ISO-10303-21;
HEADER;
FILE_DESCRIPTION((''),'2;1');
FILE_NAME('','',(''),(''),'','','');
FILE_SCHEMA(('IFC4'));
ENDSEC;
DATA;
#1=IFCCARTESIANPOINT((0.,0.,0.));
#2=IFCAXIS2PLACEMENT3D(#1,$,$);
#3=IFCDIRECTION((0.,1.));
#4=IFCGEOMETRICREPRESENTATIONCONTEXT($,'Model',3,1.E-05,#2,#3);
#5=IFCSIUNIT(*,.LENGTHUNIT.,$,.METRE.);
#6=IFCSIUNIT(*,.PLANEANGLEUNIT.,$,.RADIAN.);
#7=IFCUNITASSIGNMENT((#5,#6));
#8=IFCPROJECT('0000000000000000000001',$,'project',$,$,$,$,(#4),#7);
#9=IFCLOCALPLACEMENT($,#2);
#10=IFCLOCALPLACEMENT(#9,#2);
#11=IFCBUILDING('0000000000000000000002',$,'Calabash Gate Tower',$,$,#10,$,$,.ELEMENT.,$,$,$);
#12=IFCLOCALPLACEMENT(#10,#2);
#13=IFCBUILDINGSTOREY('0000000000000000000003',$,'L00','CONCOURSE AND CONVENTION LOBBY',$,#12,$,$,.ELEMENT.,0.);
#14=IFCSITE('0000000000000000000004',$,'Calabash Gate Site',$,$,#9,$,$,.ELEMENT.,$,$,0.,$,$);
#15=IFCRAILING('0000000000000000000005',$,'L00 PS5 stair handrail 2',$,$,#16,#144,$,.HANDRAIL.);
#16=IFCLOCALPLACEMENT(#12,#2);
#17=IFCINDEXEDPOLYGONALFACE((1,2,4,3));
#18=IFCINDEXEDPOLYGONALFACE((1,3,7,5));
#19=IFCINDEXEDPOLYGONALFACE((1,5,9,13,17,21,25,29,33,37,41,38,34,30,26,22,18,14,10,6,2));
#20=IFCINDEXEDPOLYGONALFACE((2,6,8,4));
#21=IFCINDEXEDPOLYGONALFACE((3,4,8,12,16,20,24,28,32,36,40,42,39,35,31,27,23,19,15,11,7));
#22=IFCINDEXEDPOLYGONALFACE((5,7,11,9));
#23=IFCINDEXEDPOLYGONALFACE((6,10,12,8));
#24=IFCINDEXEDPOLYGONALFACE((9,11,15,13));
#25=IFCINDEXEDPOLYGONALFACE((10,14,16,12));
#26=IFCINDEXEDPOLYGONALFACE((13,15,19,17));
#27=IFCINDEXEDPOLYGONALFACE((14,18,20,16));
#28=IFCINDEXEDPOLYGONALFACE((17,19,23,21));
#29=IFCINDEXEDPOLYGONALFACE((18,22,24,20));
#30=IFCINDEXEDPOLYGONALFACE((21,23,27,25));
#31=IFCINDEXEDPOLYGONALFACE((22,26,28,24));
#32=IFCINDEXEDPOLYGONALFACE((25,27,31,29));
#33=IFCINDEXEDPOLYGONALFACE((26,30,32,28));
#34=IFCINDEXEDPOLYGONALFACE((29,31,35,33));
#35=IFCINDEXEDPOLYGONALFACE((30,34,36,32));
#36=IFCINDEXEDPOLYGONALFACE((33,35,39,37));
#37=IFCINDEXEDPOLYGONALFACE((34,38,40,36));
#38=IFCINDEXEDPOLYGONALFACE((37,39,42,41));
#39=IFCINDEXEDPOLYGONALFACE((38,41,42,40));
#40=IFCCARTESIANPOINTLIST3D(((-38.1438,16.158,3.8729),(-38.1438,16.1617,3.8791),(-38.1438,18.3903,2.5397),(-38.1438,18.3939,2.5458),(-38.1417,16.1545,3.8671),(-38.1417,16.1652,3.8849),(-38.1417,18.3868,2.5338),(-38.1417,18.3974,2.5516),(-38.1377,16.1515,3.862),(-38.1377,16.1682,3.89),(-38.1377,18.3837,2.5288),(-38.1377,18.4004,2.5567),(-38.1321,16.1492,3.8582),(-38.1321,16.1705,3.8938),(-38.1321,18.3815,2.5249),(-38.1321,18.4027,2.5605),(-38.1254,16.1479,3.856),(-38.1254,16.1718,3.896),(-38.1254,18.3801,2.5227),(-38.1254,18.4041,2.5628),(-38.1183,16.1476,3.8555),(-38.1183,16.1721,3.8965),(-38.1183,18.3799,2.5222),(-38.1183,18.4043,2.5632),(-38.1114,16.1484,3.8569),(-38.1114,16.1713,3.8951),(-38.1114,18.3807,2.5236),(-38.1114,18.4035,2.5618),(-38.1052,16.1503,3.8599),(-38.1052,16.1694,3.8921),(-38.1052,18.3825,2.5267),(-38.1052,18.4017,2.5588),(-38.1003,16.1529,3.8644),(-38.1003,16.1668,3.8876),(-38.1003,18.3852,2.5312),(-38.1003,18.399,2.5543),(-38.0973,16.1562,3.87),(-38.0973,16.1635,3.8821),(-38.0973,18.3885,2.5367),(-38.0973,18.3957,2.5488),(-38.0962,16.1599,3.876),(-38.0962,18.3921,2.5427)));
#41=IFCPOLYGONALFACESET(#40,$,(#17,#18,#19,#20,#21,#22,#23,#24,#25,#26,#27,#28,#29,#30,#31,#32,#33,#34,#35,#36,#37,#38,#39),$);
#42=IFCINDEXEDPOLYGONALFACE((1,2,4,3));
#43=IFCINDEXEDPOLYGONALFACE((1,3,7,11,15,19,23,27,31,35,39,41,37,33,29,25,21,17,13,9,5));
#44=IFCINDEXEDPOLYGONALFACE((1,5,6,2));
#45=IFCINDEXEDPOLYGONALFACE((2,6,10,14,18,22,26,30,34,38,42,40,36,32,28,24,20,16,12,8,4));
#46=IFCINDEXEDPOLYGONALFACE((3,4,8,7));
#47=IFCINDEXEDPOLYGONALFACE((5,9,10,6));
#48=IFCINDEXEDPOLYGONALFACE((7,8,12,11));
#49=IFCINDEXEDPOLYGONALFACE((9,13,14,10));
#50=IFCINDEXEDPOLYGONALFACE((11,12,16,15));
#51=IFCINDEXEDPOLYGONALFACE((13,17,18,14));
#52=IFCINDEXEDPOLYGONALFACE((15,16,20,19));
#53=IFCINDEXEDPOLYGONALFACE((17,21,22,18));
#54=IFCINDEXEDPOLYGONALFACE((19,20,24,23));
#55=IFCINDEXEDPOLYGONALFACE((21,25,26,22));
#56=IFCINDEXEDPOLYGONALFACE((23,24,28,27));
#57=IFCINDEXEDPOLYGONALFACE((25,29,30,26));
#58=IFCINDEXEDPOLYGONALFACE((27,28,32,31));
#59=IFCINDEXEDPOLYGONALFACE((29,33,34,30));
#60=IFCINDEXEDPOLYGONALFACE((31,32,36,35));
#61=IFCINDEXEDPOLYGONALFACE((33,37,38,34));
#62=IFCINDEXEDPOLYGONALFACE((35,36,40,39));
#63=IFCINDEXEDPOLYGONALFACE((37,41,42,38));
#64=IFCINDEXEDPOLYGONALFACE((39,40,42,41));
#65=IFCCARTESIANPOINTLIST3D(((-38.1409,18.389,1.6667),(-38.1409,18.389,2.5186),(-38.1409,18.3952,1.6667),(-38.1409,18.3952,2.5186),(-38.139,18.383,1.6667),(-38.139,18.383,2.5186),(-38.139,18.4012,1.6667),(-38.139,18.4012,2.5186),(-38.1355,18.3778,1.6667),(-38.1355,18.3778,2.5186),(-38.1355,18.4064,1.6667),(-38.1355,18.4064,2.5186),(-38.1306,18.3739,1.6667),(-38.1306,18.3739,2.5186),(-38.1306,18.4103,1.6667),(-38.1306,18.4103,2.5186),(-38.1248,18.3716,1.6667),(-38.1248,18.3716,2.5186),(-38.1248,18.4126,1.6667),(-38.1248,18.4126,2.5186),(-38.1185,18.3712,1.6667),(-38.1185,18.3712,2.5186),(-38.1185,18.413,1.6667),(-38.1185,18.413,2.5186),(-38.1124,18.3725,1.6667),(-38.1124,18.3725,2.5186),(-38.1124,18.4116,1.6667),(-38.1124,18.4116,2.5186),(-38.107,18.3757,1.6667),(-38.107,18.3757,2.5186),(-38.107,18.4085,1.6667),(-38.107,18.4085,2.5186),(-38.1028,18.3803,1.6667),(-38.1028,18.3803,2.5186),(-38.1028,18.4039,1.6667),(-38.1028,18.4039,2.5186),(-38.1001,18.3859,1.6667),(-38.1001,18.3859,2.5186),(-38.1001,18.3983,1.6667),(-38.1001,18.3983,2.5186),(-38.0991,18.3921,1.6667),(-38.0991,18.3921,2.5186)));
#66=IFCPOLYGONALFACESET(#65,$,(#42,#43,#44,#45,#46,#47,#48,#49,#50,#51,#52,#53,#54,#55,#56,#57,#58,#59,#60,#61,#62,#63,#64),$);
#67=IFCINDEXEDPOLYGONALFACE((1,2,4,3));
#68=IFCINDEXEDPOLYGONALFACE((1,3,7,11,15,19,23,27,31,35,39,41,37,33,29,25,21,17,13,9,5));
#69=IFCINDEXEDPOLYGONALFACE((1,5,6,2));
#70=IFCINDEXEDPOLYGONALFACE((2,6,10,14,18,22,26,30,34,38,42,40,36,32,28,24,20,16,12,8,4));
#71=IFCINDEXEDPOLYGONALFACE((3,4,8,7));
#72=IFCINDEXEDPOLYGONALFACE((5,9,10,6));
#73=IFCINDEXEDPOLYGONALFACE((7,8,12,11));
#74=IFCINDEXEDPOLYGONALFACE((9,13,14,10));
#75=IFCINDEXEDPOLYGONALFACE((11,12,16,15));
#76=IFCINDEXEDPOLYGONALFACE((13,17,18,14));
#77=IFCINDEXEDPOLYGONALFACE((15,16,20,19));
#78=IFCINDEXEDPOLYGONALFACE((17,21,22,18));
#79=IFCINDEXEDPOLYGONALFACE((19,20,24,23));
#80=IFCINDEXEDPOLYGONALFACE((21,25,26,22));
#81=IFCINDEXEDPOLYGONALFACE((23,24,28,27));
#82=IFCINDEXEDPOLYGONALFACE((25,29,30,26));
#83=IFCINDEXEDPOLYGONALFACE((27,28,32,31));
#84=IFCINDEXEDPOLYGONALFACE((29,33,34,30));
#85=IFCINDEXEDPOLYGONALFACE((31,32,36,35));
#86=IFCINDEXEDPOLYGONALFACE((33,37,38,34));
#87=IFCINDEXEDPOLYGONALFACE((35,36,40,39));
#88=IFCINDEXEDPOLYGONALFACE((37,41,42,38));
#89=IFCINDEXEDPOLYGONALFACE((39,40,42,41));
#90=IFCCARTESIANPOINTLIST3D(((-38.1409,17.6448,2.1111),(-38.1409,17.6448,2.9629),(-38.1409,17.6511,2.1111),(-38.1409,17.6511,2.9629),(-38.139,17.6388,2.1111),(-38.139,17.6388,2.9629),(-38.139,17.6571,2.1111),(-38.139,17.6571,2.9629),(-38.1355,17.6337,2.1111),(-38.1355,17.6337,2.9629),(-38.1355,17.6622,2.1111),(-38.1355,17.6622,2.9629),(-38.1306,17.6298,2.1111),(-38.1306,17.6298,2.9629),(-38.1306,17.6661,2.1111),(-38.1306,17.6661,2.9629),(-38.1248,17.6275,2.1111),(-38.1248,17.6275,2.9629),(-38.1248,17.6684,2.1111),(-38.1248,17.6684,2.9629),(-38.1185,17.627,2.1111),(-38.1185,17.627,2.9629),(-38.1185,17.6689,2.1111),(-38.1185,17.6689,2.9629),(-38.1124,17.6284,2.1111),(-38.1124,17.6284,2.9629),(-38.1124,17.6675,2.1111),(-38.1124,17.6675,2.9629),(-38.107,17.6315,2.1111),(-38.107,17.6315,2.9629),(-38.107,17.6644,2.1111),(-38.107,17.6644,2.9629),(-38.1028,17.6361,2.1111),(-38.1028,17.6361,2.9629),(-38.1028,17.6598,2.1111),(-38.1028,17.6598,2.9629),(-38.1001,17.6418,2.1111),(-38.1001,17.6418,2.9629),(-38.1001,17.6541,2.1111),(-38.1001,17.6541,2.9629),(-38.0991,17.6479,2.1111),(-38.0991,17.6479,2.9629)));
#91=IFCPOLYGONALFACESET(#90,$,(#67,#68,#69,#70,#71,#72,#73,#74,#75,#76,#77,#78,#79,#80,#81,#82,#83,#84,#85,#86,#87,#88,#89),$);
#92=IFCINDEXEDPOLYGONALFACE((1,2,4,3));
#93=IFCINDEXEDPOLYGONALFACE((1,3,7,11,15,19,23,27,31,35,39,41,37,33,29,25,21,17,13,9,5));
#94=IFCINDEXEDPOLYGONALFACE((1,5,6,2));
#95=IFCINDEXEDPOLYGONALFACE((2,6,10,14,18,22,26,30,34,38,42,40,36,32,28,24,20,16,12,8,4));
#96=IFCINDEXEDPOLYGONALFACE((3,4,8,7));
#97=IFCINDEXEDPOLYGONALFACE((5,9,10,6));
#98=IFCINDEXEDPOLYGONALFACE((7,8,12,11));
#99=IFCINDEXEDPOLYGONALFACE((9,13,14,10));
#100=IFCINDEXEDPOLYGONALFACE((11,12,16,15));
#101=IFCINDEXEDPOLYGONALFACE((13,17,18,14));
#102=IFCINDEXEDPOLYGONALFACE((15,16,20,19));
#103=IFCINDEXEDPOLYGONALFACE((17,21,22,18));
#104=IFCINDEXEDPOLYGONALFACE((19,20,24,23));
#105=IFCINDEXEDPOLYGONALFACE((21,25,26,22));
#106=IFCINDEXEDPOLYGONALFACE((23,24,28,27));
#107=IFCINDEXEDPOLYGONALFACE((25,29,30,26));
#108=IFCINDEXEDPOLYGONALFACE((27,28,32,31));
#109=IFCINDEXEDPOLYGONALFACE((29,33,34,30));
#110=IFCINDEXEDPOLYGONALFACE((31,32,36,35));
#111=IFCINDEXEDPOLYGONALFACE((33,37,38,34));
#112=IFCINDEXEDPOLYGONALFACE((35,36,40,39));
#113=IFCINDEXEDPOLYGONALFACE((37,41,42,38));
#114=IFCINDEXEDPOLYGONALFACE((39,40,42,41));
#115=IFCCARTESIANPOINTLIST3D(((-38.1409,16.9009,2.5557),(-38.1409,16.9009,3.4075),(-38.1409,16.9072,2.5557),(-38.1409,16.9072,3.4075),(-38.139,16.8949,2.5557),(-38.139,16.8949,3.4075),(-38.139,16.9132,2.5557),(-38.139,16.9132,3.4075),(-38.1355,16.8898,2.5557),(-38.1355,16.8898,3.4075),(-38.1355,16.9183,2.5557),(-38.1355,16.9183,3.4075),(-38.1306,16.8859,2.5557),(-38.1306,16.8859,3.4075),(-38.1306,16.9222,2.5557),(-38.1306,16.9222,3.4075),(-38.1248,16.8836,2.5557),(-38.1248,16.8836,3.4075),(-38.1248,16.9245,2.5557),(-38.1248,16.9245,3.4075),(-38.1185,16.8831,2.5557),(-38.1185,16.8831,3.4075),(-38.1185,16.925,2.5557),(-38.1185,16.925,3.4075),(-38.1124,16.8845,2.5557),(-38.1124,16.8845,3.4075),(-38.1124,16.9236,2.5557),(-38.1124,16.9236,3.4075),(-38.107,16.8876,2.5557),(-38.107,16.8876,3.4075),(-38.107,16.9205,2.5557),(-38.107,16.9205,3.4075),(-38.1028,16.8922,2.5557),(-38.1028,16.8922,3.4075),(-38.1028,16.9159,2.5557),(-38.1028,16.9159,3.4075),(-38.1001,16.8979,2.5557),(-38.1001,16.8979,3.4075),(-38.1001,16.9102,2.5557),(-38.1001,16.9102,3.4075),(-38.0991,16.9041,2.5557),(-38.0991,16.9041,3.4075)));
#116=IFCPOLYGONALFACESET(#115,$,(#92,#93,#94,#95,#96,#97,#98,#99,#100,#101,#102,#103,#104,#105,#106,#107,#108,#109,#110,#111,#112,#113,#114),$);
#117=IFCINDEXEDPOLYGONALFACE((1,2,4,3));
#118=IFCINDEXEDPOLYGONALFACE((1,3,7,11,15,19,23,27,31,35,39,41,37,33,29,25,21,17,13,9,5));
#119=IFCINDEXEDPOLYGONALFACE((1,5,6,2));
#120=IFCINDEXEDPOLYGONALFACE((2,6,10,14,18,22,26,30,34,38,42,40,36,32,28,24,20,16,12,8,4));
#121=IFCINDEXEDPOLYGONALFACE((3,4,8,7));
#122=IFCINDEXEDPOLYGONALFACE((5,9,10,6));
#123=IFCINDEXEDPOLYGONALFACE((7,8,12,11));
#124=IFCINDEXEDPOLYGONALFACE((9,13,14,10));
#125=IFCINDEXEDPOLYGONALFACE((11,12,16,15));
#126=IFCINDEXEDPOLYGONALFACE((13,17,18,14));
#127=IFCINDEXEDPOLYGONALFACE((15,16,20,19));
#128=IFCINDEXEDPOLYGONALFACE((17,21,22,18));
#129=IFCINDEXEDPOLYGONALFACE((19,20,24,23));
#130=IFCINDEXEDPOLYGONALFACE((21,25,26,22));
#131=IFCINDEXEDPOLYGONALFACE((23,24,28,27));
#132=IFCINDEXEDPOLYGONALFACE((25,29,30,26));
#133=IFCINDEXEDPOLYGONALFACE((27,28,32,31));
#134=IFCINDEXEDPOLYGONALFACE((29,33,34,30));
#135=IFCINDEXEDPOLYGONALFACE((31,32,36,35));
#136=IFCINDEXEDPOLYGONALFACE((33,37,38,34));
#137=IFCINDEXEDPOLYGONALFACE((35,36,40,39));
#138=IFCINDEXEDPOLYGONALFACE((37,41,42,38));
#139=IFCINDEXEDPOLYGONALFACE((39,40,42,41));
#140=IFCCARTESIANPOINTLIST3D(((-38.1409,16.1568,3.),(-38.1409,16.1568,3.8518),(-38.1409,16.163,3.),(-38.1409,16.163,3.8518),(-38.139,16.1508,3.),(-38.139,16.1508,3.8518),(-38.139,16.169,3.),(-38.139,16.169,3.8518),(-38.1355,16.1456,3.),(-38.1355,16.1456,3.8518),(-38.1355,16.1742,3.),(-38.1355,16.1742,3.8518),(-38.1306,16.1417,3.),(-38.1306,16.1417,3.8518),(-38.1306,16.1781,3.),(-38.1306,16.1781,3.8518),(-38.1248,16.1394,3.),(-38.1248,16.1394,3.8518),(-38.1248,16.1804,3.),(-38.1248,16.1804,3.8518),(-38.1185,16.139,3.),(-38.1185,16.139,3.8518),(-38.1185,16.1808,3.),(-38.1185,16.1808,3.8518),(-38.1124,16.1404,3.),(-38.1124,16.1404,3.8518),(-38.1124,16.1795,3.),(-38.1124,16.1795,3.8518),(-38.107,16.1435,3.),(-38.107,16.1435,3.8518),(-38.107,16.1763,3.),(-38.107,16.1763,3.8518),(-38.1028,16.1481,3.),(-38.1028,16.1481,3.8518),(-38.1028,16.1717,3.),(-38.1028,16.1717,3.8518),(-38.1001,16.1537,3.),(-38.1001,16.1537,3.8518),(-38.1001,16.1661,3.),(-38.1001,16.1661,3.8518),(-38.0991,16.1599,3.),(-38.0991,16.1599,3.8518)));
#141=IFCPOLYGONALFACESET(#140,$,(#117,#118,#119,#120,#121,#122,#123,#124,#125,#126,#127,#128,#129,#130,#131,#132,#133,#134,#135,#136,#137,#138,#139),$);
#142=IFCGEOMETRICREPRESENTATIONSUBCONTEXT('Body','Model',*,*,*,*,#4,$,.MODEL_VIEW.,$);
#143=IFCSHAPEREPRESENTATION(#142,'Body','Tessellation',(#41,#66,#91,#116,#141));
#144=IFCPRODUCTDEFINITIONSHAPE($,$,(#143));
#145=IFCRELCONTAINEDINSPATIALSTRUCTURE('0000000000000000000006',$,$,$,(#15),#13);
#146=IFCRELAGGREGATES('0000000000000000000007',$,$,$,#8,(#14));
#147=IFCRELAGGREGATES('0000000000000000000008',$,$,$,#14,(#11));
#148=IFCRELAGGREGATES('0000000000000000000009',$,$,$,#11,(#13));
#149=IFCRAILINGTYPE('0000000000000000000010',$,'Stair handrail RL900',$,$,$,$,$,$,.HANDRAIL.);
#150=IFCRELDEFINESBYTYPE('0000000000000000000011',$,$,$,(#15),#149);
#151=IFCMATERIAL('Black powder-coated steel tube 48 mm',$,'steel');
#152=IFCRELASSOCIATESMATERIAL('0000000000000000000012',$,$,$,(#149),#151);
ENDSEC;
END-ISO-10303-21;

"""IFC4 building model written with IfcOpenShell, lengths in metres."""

from ifc_helpers import new_model, si_unit, direction, frame, origin, origin_2d, place, context, subcontext, project, spatial, circle, extrude, material, type_object, element, save


model = new_model("IFC4")

# Units and contexts
model_context = context("Model", 3, precision=1e-05, world=origin(), true_north=direction((0.0, 1.0)))
body_context = subcontext(model_context, "Body", "Model", "MODEL_VIEW")
ifc_project = project(units=[si_unit("LENGTHUNIT", "METRE"), si_unit("PLANEANGLEUNIT", "RADIAN")], contexts=[model_context])

# Site, building, storey
site_placement = place(None, origin())
site = spatial("IfcSite", under=ifc_project, at=site_placement, Name="Calabash Gate Site", CompositionType="ELEMENT", RefElevation=0.0)
building_placement = place(site_placement, origin())
building = spatial("IfcBuilding", under=site, at=building_placement, Name="Calabash Gate Tower", CompositionType="ELEMENT")
storey_placement = place(building_placement, origin())
storey = spatial("IfcBuildingStorey", under=building, at=storey_placement, Name="L00", Description="CONCOURSE AND CONVENTION LOBBY", CompositionType="ELEMENT", Elevation=0.0)

# Railing
ifc_material_1 = material(Name="Black powder-coated steel tube 48 mm", Category="steel")
railing_type_1 = type_object("IfcRailingType", Name="Stair handrail RL900", PredefinedType="HANDRAIL", material=ifc_material_1)
for number, where, name in (
    (1, (-38.1201, 18.3921, 1.6667), "L00 PS5 stair handrail 2"),
):
    element("IfcRailing", number, at=place(storey_placement, frame(where)), inside=storey, type_object=railing_type_1, Name=name, PredefinedType="HANDRAIL", context=body_context, shape_type="SweptSolid", body=[
        extrude(circle(Radius=0.0239, at=origin_2d()), frame((0.0, 0.0, 0.876), z_axis=(0.0, -0.858519, 0.512782), x_axis=(1.0, 0.0, 0.0)), (0.0, 0.0, 1.0), 2.6001),
        extrude(circle(Radius=0.021, at=origin_2d()), origin(), (0.0, 0.0, 1.0), 0.8518),
        extrude(circle(Radius=0.021, at=origin_2d()), frame((0.0, -0.7441, 0.4443)), (0.0, 0.0, 1.0), 0.8518),
        extrude(circle(Radius=0.021, at=origin_2d()), frame((0.0, -1.488, 0.8889)), (0.0, 0.0, 1.0), 0.8518),
        extrude(circle(Radius=0.021, at=origin_2d()), frame((0.0, -2.2322, 1.3333)), (0.0, 0.0, 1.0), 0.8518),
    ])

save(model, "model.ifc")
